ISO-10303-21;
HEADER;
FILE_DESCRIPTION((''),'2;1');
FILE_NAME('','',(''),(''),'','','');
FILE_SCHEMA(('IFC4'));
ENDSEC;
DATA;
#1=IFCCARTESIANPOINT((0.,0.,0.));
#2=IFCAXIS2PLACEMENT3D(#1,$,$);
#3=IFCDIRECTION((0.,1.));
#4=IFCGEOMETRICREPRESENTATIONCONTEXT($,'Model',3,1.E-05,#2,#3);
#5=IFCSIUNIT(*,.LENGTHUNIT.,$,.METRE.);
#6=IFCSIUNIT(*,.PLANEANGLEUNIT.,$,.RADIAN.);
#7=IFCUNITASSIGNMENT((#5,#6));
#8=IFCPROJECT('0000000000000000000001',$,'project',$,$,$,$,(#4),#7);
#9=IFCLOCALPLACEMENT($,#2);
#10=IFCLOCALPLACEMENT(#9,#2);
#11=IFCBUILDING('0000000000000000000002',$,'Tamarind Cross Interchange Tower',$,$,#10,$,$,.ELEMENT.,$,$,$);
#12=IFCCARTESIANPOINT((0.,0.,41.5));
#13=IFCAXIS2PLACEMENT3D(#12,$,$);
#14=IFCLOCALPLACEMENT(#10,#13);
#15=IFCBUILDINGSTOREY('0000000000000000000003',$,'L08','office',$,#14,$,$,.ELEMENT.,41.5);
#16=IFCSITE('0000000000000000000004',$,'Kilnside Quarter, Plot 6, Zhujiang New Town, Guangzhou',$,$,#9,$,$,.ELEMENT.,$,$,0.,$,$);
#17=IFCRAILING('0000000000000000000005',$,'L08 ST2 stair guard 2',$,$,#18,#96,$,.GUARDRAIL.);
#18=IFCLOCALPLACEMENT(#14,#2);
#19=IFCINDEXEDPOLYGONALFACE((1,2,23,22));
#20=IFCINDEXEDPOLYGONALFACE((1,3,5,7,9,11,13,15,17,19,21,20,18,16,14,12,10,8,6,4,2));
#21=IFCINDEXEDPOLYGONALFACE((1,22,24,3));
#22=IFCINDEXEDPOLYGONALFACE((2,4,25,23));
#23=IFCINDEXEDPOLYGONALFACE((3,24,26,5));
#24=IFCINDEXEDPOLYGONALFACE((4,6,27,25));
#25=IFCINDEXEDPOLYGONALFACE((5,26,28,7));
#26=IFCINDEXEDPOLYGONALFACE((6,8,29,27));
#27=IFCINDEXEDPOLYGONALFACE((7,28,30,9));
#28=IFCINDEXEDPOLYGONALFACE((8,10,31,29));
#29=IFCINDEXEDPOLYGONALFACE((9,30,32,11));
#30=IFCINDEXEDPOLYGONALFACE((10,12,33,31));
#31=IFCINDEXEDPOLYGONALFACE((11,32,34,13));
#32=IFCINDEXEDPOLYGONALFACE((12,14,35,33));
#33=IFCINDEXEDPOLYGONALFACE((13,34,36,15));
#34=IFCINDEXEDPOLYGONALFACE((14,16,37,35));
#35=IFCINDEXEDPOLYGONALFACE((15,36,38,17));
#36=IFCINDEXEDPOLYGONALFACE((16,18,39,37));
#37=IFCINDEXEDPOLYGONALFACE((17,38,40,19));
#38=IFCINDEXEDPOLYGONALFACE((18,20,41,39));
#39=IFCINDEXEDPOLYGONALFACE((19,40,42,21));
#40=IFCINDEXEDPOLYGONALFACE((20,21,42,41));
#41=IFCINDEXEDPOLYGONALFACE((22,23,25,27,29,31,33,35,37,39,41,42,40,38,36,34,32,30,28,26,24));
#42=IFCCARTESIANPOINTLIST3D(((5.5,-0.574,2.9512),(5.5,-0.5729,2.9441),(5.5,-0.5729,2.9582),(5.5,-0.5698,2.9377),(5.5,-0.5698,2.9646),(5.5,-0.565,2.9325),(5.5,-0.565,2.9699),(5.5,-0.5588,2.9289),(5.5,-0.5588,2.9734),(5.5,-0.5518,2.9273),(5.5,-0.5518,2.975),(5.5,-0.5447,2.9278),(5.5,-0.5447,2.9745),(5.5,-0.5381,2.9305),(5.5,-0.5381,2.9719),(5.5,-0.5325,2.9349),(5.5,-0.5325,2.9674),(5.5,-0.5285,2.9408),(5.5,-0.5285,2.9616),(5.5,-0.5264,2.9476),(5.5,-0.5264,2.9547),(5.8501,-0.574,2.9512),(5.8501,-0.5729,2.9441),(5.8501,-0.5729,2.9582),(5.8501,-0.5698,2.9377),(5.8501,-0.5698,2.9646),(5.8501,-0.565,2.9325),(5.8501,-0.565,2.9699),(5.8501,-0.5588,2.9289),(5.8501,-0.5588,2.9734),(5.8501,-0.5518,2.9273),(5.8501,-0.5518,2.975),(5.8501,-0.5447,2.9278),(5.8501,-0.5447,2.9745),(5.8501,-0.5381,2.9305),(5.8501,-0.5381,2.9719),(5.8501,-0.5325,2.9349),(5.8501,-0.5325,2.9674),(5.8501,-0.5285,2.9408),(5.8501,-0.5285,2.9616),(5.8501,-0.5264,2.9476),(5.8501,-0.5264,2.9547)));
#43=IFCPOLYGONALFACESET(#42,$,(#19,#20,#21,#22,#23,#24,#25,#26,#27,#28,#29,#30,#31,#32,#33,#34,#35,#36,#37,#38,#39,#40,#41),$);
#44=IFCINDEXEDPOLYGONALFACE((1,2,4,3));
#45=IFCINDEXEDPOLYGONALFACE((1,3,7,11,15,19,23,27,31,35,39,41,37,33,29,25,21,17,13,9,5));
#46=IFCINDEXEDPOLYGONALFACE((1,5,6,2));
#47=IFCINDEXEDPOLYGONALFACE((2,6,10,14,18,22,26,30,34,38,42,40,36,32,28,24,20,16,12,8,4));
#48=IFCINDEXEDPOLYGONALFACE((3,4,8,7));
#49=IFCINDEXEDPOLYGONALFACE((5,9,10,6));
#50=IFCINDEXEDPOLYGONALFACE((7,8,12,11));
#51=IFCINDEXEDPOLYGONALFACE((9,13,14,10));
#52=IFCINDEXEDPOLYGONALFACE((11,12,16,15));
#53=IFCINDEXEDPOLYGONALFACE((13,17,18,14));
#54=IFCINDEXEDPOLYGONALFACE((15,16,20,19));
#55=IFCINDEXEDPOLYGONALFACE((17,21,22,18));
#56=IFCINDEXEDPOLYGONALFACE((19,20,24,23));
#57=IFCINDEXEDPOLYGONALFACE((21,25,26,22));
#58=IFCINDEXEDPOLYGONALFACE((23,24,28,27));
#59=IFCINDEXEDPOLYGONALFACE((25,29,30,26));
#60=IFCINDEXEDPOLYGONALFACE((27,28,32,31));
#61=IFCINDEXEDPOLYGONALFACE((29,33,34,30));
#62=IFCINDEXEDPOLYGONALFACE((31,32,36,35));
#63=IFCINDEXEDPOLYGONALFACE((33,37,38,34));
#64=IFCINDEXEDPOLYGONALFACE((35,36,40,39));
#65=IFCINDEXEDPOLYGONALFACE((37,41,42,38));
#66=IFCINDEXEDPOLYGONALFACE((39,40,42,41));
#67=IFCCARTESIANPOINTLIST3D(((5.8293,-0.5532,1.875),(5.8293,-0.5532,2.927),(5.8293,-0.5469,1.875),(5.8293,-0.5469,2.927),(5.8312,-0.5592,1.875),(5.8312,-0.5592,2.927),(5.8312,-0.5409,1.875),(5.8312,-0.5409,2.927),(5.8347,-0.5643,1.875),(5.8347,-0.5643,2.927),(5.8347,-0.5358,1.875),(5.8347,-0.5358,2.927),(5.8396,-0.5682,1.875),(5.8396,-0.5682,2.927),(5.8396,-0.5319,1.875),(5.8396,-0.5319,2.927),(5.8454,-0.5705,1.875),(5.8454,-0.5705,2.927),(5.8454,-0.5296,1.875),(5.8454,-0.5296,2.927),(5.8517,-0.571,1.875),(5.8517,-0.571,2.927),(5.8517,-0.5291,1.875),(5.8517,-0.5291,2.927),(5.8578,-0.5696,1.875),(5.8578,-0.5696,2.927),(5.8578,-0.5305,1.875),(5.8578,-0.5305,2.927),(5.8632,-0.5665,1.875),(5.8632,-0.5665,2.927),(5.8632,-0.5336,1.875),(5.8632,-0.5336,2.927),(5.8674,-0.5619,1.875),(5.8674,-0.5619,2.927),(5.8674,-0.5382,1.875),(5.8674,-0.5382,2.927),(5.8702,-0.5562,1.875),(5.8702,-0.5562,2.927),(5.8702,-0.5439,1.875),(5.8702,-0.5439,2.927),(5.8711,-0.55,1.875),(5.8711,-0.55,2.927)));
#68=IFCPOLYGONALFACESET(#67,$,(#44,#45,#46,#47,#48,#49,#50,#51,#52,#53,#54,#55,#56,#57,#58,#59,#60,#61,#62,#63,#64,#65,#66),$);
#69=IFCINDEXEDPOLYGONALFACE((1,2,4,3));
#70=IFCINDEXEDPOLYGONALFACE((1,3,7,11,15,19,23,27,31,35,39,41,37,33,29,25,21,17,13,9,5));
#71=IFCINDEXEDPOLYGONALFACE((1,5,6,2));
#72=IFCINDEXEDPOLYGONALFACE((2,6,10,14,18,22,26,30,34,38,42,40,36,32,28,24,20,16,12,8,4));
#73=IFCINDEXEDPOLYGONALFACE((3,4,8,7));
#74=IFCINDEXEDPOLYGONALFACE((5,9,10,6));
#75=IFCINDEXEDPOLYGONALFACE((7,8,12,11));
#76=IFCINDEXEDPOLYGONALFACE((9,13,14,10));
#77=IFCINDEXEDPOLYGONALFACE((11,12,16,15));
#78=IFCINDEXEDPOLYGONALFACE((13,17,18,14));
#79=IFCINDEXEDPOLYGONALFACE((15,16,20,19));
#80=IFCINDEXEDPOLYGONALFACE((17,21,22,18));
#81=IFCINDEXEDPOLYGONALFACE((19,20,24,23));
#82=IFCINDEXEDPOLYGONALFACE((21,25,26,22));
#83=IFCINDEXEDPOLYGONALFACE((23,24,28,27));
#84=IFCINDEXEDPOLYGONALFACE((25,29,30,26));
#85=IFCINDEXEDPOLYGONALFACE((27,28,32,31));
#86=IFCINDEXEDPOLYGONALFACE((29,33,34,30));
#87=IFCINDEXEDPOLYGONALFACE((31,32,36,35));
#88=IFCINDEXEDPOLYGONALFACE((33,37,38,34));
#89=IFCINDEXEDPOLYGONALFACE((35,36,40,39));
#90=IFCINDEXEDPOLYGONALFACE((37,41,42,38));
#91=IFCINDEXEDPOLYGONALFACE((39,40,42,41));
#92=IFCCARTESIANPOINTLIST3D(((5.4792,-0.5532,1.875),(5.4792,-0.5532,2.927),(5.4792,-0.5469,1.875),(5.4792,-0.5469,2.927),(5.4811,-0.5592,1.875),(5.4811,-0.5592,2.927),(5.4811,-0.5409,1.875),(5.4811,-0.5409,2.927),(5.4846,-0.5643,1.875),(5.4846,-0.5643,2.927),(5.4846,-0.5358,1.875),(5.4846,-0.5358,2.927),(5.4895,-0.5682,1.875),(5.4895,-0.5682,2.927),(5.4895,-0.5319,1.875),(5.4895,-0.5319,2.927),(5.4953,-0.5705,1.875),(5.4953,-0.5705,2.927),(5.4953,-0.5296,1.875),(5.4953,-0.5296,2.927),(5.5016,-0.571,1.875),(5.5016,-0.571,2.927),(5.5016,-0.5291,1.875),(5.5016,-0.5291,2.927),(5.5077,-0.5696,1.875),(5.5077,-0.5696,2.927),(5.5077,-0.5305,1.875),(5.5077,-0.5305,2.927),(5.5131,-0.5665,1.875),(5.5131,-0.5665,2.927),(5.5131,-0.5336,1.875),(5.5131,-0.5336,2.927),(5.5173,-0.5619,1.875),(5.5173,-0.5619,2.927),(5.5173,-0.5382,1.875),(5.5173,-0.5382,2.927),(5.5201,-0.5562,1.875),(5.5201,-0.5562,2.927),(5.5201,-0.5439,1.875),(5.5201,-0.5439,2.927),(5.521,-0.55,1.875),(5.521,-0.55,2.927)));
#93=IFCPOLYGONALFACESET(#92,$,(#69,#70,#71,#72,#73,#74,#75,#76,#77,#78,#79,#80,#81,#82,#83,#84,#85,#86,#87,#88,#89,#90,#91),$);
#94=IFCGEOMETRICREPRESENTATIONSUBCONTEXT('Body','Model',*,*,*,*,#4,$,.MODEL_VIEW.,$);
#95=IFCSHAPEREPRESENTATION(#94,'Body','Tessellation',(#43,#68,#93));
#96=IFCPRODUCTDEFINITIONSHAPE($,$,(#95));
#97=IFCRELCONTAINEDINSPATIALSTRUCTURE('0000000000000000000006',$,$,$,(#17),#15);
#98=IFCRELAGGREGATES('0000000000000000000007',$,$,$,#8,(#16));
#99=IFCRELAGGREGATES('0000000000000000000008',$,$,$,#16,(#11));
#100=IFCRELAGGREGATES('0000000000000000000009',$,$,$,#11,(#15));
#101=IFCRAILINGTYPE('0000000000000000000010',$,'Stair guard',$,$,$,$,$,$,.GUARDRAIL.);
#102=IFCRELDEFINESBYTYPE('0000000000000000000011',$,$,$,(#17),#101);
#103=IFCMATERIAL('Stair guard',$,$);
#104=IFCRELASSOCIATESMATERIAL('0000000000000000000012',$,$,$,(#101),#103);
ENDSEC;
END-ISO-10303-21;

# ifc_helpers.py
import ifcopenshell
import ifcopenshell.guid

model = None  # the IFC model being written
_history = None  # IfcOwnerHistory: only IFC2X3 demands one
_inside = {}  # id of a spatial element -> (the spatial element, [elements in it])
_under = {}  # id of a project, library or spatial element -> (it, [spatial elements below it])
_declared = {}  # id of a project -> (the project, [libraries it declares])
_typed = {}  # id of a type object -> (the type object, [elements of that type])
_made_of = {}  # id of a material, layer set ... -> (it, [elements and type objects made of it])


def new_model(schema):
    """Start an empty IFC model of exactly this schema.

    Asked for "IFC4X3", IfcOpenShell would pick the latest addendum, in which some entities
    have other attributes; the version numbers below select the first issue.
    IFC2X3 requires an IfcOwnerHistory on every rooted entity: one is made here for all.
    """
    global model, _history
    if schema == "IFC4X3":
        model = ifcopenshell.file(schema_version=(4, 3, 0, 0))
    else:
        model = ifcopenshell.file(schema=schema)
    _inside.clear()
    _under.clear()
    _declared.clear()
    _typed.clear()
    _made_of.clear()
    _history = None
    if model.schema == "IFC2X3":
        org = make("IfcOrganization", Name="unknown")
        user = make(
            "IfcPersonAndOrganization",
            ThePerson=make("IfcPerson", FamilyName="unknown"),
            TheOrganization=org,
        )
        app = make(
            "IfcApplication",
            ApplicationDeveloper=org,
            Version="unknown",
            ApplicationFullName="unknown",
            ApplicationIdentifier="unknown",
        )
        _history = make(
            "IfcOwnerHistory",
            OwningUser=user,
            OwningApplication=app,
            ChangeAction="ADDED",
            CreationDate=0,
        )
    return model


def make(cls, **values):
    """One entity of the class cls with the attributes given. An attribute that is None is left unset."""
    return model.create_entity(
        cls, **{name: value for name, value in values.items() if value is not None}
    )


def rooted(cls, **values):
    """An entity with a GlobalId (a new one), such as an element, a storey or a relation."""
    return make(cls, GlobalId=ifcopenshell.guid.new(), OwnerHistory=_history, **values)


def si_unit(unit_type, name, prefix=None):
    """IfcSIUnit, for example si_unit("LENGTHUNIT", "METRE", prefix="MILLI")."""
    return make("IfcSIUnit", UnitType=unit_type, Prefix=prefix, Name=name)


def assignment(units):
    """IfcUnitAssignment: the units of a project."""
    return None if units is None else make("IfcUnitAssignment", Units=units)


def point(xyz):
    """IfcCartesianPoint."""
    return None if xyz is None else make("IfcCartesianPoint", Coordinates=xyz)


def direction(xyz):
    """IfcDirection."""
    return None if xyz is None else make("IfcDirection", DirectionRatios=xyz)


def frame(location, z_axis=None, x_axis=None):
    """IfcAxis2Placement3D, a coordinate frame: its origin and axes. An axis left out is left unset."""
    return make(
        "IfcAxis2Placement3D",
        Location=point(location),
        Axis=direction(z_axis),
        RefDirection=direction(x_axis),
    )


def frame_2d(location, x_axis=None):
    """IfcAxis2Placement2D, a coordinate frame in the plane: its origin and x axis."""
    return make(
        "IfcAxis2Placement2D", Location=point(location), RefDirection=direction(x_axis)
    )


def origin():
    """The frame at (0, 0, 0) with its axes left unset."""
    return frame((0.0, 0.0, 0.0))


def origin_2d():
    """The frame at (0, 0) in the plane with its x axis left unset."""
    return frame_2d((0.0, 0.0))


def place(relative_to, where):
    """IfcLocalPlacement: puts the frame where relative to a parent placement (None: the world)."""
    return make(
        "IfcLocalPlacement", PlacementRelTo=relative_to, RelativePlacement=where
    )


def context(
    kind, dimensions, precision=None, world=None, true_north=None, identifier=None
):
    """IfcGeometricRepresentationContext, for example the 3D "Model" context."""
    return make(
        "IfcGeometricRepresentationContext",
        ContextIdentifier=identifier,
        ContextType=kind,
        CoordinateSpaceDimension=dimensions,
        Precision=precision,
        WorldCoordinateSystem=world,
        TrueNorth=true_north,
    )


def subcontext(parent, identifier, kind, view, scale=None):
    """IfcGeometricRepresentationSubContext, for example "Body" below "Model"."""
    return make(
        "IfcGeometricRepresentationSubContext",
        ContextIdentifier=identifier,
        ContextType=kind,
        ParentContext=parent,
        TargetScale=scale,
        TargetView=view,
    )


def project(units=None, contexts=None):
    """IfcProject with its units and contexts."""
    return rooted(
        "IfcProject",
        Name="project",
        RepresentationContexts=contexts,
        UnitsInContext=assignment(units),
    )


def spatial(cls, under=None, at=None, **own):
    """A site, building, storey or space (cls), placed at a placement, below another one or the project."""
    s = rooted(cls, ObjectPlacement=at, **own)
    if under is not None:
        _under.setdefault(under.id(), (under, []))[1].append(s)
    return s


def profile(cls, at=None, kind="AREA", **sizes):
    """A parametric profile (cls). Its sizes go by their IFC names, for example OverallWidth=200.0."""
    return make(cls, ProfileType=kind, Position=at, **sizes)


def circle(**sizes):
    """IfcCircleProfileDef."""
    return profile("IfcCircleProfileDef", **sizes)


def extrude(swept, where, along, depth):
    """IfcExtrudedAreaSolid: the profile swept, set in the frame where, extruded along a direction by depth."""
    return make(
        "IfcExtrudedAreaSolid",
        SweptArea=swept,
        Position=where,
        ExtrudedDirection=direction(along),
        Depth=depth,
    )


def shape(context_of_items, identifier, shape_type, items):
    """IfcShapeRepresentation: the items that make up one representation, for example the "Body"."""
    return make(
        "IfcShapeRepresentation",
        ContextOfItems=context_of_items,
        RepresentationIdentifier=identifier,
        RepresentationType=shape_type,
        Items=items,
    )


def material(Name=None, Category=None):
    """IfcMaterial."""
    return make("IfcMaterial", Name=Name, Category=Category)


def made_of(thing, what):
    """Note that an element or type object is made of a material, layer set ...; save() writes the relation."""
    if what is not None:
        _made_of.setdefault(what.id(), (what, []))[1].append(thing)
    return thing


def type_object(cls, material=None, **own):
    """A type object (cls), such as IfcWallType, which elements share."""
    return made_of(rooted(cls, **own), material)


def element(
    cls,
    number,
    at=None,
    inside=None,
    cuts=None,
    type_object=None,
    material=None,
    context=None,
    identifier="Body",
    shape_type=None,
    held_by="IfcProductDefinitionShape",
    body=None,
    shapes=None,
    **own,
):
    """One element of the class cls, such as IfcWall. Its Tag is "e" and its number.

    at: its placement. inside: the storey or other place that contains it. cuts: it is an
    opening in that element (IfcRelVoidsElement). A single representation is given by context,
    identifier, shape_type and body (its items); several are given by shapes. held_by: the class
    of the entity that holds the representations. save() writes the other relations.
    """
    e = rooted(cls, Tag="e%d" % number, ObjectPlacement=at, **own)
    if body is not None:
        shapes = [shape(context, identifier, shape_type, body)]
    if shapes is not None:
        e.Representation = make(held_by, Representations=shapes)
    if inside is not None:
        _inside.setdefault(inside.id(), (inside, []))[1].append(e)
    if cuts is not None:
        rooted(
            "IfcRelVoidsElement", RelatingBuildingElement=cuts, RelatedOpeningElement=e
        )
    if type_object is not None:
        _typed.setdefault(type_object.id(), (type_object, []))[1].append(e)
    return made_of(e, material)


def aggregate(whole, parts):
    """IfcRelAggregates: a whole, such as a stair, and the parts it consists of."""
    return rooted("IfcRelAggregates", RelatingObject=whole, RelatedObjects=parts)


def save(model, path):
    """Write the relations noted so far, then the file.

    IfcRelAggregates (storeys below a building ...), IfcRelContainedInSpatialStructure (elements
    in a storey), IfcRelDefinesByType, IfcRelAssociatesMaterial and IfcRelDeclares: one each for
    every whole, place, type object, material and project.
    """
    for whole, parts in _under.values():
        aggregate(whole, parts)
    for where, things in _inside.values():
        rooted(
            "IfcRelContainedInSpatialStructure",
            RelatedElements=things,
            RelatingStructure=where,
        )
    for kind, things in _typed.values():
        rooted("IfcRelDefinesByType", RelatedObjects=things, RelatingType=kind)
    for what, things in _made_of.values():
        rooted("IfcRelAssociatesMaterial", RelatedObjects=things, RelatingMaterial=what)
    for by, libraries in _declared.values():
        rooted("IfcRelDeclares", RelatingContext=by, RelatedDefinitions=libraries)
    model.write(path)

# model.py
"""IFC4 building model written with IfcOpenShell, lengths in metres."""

from ifc_helpers import new_model, si_unit, direction, frame, origin, origin_2d, place, context, subcontext, project, spatial, circle, extrude, material, type_object, element, save


model = new_model("IFC4")

# Units and contexts
model_context = context("Model", 3, precision=1e-05, world=origin(), true_north=direction((0.0, 1.0)))
body_context = subcontext(model_context, "Body", "Model", "MODEL_VIEW")
ifc_project = project(units=[si_unit("LENGTHUNIT", "METRE"), si_unit("PLANEANGLEUNIT", "RADIAN")], contexts=[model_context])

# Site, building, storey
site_placement = place(None, origin())
site = spatial("IfcSite", under=ifc_project, at=site_placement, Name="Kilnside Quarter, Plot 6, Zhujiang New Town, Guangzhou", CompositionType="ELEMENT", RefElevation=0.0)
building_placement = place(site_placement, origin())
building = spatial("IfcBuilding", under=site, at=building_placement, Name="Tamarind Cross Interchange Tower", CompositionType="ELEMENT")
storey_placement = place(building_placement, frame((0.0, 0.0, 41.5)))
storey = spatial("IfcBuildingStorey", under=building, at=storey_placement, Name="L08", Description="office", CompositionType="ELEMENT", Elevation=41.5)

# Railing
ifc_material_1 = material(Name="Stair guard")
railing_type = type_object("IfcRailingType", Name="Stair guard", PredefinedType="GUARDRAIL", material=ifc_material_1)
railing_1_placement = place(storey_placement, frame((5.8501, -0.55, 1.875)))
element("IfcRailing", 1, at=railing_1_placement, inside=storey, type_object=railing_type, Name="L08 ST2 stair guard 2", PredefinedType="GUARDRAIL", context=body_context, shape_type="SweptSolid", body=[
    extrude(circle(Radius=0.0239, at=origin_2d()), frame((0.0, 0.0, 1.0762), z_axis=(-1.0, 0.0, 0.0), x_axis=(0.0, -1.0, 0.0)), (0.0, 0.0, 1.0), 0.3501),
    extrude(circle(Radius=0.021, at=origin_2d()), origin(), (0.0, 0.0, 1.0), 1.052),
    extrude(circle(Radius=0.021, at=origin_2d()), frame((-0.3501, 0.0, 0.0)), (0.0, 0.0, 1.0), 1.052),
])

save(model, "model.ifc")
